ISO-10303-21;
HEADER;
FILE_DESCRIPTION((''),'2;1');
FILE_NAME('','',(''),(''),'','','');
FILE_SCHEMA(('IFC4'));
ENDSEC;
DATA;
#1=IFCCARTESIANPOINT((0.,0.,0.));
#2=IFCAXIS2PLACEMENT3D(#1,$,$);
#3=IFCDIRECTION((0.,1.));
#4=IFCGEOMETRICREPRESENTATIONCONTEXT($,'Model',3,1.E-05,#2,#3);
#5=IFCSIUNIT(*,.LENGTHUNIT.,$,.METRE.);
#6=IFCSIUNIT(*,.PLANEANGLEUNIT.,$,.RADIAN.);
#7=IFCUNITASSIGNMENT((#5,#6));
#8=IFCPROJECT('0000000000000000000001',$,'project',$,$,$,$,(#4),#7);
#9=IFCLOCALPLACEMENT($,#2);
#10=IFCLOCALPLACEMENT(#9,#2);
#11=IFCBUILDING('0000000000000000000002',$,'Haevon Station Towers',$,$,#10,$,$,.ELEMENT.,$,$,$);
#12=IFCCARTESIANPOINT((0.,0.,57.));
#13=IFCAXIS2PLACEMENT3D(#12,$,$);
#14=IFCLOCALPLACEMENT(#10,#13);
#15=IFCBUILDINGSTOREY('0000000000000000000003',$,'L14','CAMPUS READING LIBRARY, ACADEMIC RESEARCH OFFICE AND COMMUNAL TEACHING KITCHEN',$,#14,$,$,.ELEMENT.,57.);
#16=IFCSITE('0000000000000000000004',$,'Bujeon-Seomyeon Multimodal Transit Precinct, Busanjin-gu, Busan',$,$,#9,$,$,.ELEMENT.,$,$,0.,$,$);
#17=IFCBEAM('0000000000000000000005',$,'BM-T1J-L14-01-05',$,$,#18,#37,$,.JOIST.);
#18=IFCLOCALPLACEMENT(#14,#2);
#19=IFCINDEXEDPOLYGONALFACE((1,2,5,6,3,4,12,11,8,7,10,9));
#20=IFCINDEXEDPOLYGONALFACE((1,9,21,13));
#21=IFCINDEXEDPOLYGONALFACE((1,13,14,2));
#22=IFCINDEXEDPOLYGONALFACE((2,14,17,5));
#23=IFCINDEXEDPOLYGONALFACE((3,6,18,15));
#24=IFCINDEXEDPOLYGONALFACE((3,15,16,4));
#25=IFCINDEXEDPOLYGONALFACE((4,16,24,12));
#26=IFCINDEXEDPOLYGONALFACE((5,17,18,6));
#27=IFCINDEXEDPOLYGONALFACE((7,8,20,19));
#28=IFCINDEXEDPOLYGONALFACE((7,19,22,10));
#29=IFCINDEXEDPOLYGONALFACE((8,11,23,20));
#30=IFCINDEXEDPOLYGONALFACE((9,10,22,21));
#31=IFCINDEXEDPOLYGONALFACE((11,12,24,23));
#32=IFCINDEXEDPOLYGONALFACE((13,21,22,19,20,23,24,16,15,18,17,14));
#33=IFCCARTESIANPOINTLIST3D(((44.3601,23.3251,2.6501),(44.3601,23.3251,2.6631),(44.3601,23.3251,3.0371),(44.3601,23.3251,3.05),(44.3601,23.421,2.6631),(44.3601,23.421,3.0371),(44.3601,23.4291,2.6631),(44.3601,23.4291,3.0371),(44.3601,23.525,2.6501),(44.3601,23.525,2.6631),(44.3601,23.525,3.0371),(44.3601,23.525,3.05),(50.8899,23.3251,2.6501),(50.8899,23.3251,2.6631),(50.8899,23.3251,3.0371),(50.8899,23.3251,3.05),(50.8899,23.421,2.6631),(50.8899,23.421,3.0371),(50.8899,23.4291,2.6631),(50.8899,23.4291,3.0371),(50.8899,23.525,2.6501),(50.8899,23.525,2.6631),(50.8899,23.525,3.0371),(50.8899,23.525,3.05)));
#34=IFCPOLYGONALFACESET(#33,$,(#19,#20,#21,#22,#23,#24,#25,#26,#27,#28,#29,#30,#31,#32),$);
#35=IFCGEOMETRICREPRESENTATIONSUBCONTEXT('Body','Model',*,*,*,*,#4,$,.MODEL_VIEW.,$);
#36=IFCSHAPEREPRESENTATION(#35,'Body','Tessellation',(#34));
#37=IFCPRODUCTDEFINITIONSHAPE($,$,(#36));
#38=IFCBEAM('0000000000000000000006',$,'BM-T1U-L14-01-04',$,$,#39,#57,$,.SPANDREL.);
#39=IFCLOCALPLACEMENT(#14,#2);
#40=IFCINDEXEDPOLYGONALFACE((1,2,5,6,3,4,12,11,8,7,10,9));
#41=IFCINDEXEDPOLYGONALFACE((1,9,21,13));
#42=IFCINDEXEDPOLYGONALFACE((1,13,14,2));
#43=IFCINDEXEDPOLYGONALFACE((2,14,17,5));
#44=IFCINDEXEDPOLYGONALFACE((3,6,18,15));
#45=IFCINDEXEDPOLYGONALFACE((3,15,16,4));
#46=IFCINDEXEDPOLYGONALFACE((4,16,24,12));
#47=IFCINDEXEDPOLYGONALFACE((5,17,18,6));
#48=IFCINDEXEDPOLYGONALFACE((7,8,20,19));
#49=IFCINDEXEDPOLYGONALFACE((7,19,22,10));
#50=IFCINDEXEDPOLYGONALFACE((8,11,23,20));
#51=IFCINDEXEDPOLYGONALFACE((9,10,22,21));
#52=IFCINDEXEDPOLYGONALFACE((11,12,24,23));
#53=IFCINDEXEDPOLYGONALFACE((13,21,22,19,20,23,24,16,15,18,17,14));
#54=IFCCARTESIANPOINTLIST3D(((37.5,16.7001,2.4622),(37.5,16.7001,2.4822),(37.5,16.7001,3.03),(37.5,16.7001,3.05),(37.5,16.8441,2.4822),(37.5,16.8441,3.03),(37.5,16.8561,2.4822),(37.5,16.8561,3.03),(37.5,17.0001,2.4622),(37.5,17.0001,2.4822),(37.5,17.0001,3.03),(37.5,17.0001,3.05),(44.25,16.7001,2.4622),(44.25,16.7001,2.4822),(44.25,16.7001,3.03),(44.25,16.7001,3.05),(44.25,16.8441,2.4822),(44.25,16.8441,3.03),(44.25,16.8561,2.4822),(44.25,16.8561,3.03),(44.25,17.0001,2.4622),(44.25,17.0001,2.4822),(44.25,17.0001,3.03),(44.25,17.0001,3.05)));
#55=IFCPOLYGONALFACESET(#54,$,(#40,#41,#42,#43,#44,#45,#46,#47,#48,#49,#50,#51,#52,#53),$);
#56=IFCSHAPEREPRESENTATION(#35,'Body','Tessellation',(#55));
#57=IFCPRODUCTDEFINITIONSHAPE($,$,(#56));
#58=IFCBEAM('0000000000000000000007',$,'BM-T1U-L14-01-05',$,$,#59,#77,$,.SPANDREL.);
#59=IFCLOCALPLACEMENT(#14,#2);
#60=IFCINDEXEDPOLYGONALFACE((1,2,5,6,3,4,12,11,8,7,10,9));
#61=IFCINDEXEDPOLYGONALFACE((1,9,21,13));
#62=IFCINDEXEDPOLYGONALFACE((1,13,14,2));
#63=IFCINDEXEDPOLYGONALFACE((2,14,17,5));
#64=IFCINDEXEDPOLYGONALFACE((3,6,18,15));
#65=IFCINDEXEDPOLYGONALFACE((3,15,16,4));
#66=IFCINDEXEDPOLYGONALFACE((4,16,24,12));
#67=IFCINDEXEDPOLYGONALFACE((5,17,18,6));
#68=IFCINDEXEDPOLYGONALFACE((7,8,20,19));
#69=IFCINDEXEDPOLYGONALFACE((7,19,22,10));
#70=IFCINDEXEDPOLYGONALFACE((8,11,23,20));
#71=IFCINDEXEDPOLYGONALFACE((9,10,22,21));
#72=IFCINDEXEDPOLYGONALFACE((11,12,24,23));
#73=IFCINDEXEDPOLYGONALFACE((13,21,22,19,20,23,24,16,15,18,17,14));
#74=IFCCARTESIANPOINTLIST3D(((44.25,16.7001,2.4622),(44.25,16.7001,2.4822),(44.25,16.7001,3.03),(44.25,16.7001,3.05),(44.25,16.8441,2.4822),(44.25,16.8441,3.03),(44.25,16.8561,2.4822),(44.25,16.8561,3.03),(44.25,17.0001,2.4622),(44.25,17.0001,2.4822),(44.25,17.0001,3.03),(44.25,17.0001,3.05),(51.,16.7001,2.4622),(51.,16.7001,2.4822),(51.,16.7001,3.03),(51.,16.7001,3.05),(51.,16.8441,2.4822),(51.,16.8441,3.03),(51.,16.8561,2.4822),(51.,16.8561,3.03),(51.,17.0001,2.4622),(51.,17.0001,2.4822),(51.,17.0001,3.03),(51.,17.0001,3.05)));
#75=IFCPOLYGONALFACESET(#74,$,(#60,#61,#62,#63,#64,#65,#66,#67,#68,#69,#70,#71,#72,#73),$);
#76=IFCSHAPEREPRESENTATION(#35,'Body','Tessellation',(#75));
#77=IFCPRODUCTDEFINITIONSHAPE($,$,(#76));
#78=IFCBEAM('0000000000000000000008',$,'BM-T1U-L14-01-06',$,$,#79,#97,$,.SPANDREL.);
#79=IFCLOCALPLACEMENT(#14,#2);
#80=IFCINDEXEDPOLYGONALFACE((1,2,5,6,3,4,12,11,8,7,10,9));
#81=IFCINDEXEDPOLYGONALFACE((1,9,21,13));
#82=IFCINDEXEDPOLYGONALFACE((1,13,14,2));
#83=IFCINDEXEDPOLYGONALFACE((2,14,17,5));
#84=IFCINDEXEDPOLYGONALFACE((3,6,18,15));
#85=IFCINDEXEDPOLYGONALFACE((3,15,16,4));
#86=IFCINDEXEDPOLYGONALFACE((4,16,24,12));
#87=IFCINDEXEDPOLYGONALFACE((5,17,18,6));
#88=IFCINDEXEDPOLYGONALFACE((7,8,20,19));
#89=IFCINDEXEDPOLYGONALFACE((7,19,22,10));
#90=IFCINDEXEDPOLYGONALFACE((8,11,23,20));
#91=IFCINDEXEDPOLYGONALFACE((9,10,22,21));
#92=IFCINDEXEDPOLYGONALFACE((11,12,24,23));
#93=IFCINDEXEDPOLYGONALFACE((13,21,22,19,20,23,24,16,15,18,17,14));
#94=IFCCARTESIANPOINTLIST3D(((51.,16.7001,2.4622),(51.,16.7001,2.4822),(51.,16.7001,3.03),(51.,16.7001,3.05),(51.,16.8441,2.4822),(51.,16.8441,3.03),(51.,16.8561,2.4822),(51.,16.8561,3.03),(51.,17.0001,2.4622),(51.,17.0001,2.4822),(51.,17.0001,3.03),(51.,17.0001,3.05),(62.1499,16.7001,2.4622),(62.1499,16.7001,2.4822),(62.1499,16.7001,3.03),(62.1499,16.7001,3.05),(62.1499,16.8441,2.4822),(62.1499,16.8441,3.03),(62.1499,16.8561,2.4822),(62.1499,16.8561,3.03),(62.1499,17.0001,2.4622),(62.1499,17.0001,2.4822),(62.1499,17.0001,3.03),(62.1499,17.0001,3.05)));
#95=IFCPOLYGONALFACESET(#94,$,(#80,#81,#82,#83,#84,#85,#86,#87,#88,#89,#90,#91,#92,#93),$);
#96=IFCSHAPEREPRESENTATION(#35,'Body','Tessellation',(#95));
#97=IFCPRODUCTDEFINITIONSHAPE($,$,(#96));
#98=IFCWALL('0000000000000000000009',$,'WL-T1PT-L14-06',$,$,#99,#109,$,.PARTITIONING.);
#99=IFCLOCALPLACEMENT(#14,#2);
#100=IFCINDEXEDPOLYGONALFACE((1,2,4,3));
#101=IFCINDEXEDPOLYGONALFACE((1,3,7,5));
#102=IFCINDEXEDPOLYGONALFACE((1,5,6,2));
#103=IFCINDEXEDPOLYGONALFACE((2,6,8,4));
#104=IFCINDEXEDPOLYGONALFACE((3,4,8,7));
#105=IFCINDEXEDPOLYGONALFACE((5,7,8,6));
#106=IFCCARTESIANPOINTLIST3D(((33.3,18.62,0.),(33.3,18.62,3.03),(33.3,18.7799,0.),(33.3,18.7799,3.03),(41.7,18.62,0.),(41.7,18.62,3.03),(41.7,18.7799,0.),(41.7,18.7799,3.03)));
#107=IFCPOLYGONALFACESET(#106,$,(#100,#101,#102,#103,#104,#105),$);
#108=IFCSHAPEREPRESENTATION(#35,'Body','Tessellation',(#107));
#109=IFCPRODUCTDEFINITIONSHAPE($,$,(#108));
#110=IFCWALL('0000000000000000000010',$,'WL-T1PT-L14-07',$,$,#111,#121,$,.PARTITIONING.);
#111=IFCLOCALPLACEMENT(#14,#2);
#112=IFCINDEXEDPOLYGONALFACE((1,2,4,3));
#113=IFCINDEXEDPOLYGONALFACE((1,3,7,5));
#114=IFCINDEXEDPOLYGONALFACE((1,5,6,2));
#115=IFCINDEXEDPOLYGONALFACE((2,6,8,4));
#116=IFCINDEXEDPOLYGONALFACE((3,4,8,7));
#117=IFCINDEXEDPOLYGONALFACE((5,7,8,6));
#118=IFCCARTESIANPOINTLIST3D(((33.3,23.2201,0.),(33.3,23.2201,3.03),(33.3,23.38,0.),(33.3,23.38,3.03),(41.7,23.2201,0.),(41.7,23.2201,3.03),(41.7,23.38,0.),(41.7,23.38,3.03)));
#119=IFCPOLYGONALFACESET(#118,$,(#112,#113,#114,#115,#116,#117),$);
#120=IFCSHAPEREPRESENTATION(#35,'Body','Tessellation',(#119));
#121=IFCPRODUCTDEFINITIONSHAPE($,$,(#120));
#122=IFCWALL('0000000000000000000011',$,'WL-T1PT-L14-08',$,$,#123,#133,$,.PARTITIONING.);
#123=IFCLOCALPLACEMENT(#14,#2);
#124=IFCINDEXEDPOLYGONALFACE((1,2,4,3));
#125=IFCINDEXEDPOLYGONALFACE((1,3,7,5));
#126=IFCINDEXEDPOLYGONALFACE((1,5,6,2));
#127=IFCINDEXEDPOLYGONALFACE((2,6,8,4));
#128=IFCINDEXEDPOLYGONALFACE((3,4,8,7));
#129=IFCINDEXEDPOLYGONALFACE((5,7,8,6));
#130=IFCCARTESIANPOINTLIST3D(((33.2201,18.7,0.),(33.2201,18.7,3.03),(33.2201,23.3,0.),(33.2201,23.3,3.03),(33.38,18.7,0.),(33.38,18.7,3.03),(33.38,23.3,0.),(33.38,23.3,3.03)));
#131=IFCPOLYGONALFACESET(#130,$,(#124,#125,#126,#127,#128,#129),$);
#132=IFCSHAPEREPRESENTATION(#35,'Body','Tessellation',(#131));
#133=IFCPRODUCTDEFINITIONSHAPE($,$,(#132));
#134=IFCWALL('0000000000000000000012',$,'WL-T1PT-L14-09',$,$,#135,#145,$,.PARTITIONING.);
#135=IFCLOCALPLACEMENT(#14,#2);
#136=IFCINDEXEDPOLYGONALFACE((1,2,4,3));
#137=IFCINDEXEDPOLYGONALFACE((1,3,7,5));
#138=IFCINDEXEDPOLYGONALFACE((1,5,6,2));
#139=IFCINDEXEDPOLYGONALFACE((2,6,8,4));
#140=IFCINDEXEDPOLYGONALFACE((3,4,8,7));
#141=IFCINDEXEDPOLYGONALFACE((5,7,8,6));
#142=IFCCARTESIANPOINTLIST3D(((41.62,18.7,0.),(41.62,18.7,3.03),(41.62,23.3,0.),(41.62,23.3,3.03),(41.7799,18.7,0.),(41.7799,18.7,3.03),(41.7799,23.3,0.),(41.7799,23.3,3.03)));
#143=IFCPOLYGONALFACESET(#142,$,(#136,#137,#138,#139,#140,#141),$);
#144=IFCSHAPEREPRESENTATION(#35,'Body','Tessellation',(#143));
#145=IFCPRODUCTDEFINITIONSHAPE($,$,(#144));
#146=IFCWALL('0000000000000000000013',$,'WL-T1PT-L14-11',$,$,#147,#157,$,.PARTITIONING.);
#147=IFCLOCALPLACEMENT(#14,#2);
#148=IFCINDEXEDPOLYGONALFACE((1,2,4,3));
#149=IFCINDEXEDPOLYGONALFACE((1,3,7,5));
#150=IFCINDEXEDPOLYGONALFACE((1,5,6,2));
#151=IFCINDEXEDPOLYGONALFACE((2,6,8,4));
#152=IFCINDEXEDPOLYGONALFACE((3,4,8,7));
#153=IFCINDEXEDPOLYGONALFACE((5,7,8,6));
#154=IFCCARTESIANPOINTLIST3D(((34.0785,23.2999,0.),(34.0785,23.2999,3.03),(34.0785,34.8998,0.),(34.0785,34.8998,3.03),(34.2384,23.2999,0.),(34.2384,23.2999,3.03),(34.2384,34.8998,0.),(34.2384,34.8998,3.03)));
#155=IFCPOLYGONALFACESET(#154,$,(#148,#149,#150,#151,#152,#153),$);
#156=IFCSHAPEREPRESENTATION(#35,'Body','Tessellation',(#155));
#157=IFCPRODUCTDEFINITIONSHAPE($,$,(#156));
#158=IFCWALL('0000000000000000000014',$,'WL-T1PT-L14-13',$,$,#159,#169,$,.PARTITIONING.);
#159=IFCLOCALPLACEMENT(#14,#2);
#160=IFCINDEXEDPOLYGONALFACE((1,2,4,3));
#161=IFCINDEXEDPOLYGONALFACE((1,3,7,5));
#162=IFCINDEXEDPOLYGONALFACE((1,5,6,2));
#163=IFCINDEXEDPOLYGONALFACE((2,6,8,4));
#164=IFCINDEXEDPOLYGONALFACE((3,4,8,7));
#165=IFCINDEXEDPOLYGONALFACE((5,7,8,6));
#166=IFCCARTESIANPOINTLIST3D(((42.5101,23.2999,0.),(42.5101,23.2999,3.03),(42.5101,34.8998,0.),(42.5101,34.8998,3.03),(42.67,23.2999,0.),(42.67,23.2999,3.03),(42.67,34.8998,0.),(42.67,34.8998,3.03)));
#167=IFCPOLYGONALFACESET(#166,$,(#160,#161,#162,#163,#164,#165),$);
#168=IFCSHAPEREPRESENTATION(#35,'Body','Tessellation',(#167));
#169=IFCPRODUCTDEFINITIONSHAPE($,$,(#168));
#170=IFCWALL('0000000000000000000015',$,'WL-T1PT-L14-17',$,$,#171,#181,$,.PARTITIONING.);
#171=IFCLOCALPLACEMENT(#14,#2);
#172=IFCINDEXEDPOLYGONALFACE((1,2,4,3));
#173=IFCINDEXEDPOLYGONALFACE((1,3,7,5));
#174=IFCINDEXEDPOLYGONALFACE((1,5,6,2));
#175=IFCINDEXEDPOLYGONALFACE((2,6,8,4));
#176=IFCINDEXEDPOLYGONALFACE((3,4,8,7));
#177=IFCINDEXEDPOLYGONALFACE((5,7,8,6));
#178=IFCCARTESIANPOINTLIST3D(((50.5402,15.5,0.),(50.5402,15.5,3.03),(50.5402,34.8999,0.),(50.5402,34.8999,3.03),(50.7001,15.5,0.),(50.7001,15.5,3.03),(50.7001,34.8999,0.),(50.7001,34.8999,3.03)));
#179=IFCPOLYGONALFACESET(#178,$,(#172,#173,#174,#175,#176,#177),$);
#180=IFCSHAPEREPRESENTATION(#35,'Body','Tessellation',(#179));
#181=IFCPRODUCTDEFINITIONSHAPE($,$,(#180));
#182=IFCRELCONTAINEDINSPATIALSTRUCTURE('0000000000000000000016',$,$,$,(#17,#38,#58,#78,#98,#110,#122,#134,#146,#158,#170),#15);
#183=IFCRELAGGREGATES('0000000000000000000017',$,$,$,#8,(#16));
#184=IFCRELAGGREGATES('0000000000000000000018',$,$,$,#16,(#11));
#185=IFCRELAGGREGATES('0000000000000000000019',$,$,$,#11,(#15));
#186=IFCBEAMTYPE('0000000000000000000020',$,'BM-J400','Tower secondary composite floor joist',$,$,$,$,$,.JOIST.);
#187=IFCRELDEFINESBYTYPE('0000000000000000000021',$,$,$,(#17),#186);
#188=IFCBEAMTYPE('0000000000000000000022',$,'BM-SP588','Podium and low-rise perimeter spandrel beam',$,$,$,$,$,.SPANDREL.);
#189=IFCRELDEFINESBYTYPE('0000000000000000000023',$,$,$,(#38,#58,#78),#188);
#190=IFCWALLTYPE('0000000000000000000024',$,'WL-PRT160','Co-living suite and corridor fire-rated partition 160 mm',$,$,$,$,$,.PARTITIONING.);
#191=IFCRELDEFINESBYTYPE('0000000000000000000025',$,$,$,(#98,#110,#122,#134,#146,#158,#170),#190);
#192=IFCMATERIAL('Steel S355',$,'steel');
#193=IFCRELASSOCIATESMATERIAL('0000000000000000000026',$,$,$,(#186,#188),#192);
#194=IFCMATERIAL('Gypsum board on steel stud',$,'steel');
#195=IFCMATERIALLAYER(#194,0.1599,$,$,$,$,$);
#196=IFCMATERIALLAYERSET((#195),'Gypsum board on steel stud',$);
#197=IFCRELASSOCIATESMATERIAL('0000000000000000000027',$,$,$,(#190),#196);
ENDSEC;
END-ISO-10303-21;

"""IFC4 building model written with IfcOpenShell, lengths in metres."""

from ifc_helpers import new_model, si_unit, direction, frame, frame_2d, origin, origin_2d, place, context, subcontext, project, spatial, rectangle, i_section, extrude, material, layer, layer_set, material_profile, profile_set, type_object, element, save


model = new_model("IFC4")

# Units and contexts
model_context = context("Model", 3, precision=1e-05, world=origin(), true_north=direction((0.0, 1.0)))
body_context = subcontext(model_context, "Body", "Model", "MODEL_VIEW")
ifc_project = project(units=[si_unit("LENGTHUNIT", "METRE"), si_unit("PLANEANGLEUNIT", "RADIAN")], contexts=[model_context])

# Site, building, storey
site_placement = place(None, origin())
site = spatial("IfcSite", under=ifc_project, at=site_placement, Name="Bujeon-Seomyeon Multimodal Transit Precinct, Busanjin-gu, Busan", CompositionType="ELEMENT", RefElevation=0.0)
building_placement = place(site_placement, origin())
building = spatial("IfcBuilding", under=site, at=building_placement, Name="Haevon Station Towers", CompositionType="ELEMENT")
storey_placement = place(building_placement, frame((0.0, 0.0, 57.0)))
storey = spatial("IfcBuildingStorey", under=building, at=storey_placement, Name="L14", Description="CAMPUS READING LIBRARY, ACADEMIC RESEARCH OFFICE AND COMMUNAL TEACHING KITCHEN", CompositionType="ELEMENT", Elevation=57.0)

# Beams
ifc_material_1 = material(Name="Steel S355", Category="steel")
ifc_material_profile_1 = material_profile(ifc_material_1, i_section(OverallWidth=0.2, OverallDepth=0.3999, WebThickness=0.0081, FlangeThickness=0.0129, at=origin_2d()), Name="H-400x200x8x13")
ifc_profile_set_1 = profile_set([ifc_material_profile_1], Name="Steel S355")
beam_type_1 = type_object("IfcBeamType", Name="BM-J400", Description="Tower secondary composite floor joist", PredefinedType="JOIST", material=ifc_profile_set_1)
beam_1_placement = place(storey_placement, frame((44.3601, 23.425, 2.8501), z_axis=(1.0, 0.0, 0.0), x_axis=(0.0, 1.0, 0.0)))
element("IfcBeam", 1, at=beam_1_placement, inside=storey, type_object=beam_type_1, Name="BM-T1J-L14-01-05", PredefinedType="JOIST", context=body_context, shape_type="SweptSolid", body=[
    extrude(i_section(OverallWidth=0.2, OverallDepth=0.3999, WebThickness=0.0081, FlangeThickness=0.0129, at=origin_2d()), origin(), (0.0, 0.0, 1.0), 6.5298),
])
ifc_material_profile_2 = material_profile(ifc_material_1, i_section(OverallWidth=0.3, OverallDepth=0.5879, WebThickness=0.012, FlangeThickness=0.02, at=origin_2d()), Name="H-588x300x12x20")
ifc_profile_set_2 = profile_set([ifc_material_profile_2], Name="Steel S355")
beam_type_2 = type_object("IfcBeamType", Name="BM-SP588", Description="Podium and low-rise perimeter spandrel beam", PredefinedType="SPANDREL", material=ifc_profile_set_2)
for number, where, z_axis, x_axis, name in (
    (2, (37.5, 16.8501, 2.7561), (1.0, 0.0, 0.0), (0.0, 1.0, 0.0), "BM-T1U-L14-01-04"),
    (3, (44.25, 16.8501, 2.7561), (1.0, 0.0, 0.0), (0.0, 1.0, 0.0), "BM-T1U-L14-01-05"),
):
    element("IfcBeam", number, at=place(storey_placement, frame(where, z_axis=z_axis, x_axis=x_axis)), inside=storey, type_object=beam_type_2, Name=name, PredefinedType="SPANDREL", context=body_context, shape_type="SweptSolid", body=[
        extrude(i_section(OverallWidth=0.3, OverallDepth=0.5879, WebThickness=0.012, FlangeThickness=0.02, at=origin_2d()), origin(), (0.0, 0.0, 1.0), 6.75),
    ])
beam_2_placement = place(storey_placement, frame((51.0, 16.8501, 2.7561), z_axis=(1.0, 0.0, 0.0), x_axis=(0.0, 1.0, 0.0)))
element("IfcBeam", 4, at=beam_2_placement, inside=storey, type_object=beam_type_2, Name="BM-T1U-L14-01-06", PredefinedType="SPANDREL", context=body_context, shape_type="SweptSolid", body=[
    extrude(i_section(OverallWidth=0.3, OverallDepth=0.5879, WebThickness=0.012, FlangeThickness=0.02, at=origin_2d()), origin(), (0.0, 0.0, 1.0), 11.1499),
])

# Walls
ifc_material_2 = material(Name="Gypsum board on steel stud", Category="steel")
ifc_layer = layer(ifc_material_2, 0.1599)
ifc_layer_set = layer_set([ifc_layer], Name="Gypsum board on steel stud")
wall_type = type_object("IfcWallType", Name="WL-PRT160", Description="Co-living suite and corridor fire-rated partition 160 mm", PredefinedType="PARTITIONING", material=ifc_layer_set)
for number, where, z_axis, x_axis, name in (
    (5, (33.3, 18.7, 0.0), (0.0, 0.0, 1.0), (1.0, 0.0, 0.0), "WL-T1PT-L14-06"),
    (6, (33.3, 23.3, 0.0), (0.0, 0.0, 1.0), (1.0, 0.0, 0.0), "WL-T1PT-L14-07"),
):
    element("IfcWall", number, at=place(storey_placement, frame(where, z_axis=z_axis, x_axis=x_axis)), inside=storey, type_object=wall_type, Name=name, PredefinedType="PARTITIONING", context=body_context, shape_type="SweptSolid", body=[
        extrude(rectangle(XDim=8.3999, YDim=0.1599, at=frame_2d((4.2, 0.0))), origin(), (0.0, 0.0, 1.0), 3.03),
    ])
for number, where, z_axis, x_axis, name in (
    (7, (33.3, 18.7, 0.0), (0.0, 0.0, 1.0), (0.0, 1.0, 0.0), "WL-T1PT-L14-08"),
    (8, (41.7, 18.7, 0.0), (0.0, 0.0, 1.0), (0.0, 1.0, 0.0), "WL-T1PT-L14-09"),
):
    element("IfcWall", number, at=place(storey_placement, frame(where, z_axis=z_axis, x_axis=x_axis)), inside=storey, type_object=wall_type, Name=name, PredefinedType="PARTITIONING", context=body_context, shape_type="SweptSolid", body=[
        extrude(rectangle(XDim=4.6001, YDim=0.1599, at=frame_2d((2.3, 0.0))), origin(), (0.0, 0.0, 1.0), 3.03),
    ])
for number, where, z_axis, x_axis, name in (
    (9, (34.1584, 23.3, 0.0), (0.0, 0.0, 1.0), (0.0, 1.0, 0.0), "WL-T1PT-L14-11"),
    (10, (42.5901, 23.3, 0.0), (0.0, 0.0, 1.0), (0.0, 1.0, 0.0), "WL-T1PT-L14-13"),
):
    element("IfcWall", number, at=place(storey_placement, frame(where, z_axis=z_axis, x_axis=x_axis)), inside=storey, type_object=wall_type, Name=name, PredefinedType="PARTITIONING", context=body_context, shape_type="SweptSolid", body=[
        extrude(rectangle(XDim=11.5999, YDim=0.1599, at=frame_2d((5.7998, 0.0))), origin(), (0.0, 0.0, 1.0), 3.03),
    ])
wall_placement = place(storey_placement, frame((50.6201, 15.5, 0.0), z_axis=(0.0, 0.0, 1.0), x_axis=(0.0, 1.0, 0.0)))
element("IfcWall", 11, at=wall_placement, inside=storey, type_object=wall_type, Name="WL-T1PT-L14-17", PredefinedType="PARTITIONING", context=body_context, shape_type="SweptSolid", body=[
    extrude(rectangle(XDim=19.3999, YDim=0.1599, at=frame_2d((9.7, 0.0))), origin(), (0.0, 0.0, 1.0), 3.03),
])

save(model, "model.ifc")
